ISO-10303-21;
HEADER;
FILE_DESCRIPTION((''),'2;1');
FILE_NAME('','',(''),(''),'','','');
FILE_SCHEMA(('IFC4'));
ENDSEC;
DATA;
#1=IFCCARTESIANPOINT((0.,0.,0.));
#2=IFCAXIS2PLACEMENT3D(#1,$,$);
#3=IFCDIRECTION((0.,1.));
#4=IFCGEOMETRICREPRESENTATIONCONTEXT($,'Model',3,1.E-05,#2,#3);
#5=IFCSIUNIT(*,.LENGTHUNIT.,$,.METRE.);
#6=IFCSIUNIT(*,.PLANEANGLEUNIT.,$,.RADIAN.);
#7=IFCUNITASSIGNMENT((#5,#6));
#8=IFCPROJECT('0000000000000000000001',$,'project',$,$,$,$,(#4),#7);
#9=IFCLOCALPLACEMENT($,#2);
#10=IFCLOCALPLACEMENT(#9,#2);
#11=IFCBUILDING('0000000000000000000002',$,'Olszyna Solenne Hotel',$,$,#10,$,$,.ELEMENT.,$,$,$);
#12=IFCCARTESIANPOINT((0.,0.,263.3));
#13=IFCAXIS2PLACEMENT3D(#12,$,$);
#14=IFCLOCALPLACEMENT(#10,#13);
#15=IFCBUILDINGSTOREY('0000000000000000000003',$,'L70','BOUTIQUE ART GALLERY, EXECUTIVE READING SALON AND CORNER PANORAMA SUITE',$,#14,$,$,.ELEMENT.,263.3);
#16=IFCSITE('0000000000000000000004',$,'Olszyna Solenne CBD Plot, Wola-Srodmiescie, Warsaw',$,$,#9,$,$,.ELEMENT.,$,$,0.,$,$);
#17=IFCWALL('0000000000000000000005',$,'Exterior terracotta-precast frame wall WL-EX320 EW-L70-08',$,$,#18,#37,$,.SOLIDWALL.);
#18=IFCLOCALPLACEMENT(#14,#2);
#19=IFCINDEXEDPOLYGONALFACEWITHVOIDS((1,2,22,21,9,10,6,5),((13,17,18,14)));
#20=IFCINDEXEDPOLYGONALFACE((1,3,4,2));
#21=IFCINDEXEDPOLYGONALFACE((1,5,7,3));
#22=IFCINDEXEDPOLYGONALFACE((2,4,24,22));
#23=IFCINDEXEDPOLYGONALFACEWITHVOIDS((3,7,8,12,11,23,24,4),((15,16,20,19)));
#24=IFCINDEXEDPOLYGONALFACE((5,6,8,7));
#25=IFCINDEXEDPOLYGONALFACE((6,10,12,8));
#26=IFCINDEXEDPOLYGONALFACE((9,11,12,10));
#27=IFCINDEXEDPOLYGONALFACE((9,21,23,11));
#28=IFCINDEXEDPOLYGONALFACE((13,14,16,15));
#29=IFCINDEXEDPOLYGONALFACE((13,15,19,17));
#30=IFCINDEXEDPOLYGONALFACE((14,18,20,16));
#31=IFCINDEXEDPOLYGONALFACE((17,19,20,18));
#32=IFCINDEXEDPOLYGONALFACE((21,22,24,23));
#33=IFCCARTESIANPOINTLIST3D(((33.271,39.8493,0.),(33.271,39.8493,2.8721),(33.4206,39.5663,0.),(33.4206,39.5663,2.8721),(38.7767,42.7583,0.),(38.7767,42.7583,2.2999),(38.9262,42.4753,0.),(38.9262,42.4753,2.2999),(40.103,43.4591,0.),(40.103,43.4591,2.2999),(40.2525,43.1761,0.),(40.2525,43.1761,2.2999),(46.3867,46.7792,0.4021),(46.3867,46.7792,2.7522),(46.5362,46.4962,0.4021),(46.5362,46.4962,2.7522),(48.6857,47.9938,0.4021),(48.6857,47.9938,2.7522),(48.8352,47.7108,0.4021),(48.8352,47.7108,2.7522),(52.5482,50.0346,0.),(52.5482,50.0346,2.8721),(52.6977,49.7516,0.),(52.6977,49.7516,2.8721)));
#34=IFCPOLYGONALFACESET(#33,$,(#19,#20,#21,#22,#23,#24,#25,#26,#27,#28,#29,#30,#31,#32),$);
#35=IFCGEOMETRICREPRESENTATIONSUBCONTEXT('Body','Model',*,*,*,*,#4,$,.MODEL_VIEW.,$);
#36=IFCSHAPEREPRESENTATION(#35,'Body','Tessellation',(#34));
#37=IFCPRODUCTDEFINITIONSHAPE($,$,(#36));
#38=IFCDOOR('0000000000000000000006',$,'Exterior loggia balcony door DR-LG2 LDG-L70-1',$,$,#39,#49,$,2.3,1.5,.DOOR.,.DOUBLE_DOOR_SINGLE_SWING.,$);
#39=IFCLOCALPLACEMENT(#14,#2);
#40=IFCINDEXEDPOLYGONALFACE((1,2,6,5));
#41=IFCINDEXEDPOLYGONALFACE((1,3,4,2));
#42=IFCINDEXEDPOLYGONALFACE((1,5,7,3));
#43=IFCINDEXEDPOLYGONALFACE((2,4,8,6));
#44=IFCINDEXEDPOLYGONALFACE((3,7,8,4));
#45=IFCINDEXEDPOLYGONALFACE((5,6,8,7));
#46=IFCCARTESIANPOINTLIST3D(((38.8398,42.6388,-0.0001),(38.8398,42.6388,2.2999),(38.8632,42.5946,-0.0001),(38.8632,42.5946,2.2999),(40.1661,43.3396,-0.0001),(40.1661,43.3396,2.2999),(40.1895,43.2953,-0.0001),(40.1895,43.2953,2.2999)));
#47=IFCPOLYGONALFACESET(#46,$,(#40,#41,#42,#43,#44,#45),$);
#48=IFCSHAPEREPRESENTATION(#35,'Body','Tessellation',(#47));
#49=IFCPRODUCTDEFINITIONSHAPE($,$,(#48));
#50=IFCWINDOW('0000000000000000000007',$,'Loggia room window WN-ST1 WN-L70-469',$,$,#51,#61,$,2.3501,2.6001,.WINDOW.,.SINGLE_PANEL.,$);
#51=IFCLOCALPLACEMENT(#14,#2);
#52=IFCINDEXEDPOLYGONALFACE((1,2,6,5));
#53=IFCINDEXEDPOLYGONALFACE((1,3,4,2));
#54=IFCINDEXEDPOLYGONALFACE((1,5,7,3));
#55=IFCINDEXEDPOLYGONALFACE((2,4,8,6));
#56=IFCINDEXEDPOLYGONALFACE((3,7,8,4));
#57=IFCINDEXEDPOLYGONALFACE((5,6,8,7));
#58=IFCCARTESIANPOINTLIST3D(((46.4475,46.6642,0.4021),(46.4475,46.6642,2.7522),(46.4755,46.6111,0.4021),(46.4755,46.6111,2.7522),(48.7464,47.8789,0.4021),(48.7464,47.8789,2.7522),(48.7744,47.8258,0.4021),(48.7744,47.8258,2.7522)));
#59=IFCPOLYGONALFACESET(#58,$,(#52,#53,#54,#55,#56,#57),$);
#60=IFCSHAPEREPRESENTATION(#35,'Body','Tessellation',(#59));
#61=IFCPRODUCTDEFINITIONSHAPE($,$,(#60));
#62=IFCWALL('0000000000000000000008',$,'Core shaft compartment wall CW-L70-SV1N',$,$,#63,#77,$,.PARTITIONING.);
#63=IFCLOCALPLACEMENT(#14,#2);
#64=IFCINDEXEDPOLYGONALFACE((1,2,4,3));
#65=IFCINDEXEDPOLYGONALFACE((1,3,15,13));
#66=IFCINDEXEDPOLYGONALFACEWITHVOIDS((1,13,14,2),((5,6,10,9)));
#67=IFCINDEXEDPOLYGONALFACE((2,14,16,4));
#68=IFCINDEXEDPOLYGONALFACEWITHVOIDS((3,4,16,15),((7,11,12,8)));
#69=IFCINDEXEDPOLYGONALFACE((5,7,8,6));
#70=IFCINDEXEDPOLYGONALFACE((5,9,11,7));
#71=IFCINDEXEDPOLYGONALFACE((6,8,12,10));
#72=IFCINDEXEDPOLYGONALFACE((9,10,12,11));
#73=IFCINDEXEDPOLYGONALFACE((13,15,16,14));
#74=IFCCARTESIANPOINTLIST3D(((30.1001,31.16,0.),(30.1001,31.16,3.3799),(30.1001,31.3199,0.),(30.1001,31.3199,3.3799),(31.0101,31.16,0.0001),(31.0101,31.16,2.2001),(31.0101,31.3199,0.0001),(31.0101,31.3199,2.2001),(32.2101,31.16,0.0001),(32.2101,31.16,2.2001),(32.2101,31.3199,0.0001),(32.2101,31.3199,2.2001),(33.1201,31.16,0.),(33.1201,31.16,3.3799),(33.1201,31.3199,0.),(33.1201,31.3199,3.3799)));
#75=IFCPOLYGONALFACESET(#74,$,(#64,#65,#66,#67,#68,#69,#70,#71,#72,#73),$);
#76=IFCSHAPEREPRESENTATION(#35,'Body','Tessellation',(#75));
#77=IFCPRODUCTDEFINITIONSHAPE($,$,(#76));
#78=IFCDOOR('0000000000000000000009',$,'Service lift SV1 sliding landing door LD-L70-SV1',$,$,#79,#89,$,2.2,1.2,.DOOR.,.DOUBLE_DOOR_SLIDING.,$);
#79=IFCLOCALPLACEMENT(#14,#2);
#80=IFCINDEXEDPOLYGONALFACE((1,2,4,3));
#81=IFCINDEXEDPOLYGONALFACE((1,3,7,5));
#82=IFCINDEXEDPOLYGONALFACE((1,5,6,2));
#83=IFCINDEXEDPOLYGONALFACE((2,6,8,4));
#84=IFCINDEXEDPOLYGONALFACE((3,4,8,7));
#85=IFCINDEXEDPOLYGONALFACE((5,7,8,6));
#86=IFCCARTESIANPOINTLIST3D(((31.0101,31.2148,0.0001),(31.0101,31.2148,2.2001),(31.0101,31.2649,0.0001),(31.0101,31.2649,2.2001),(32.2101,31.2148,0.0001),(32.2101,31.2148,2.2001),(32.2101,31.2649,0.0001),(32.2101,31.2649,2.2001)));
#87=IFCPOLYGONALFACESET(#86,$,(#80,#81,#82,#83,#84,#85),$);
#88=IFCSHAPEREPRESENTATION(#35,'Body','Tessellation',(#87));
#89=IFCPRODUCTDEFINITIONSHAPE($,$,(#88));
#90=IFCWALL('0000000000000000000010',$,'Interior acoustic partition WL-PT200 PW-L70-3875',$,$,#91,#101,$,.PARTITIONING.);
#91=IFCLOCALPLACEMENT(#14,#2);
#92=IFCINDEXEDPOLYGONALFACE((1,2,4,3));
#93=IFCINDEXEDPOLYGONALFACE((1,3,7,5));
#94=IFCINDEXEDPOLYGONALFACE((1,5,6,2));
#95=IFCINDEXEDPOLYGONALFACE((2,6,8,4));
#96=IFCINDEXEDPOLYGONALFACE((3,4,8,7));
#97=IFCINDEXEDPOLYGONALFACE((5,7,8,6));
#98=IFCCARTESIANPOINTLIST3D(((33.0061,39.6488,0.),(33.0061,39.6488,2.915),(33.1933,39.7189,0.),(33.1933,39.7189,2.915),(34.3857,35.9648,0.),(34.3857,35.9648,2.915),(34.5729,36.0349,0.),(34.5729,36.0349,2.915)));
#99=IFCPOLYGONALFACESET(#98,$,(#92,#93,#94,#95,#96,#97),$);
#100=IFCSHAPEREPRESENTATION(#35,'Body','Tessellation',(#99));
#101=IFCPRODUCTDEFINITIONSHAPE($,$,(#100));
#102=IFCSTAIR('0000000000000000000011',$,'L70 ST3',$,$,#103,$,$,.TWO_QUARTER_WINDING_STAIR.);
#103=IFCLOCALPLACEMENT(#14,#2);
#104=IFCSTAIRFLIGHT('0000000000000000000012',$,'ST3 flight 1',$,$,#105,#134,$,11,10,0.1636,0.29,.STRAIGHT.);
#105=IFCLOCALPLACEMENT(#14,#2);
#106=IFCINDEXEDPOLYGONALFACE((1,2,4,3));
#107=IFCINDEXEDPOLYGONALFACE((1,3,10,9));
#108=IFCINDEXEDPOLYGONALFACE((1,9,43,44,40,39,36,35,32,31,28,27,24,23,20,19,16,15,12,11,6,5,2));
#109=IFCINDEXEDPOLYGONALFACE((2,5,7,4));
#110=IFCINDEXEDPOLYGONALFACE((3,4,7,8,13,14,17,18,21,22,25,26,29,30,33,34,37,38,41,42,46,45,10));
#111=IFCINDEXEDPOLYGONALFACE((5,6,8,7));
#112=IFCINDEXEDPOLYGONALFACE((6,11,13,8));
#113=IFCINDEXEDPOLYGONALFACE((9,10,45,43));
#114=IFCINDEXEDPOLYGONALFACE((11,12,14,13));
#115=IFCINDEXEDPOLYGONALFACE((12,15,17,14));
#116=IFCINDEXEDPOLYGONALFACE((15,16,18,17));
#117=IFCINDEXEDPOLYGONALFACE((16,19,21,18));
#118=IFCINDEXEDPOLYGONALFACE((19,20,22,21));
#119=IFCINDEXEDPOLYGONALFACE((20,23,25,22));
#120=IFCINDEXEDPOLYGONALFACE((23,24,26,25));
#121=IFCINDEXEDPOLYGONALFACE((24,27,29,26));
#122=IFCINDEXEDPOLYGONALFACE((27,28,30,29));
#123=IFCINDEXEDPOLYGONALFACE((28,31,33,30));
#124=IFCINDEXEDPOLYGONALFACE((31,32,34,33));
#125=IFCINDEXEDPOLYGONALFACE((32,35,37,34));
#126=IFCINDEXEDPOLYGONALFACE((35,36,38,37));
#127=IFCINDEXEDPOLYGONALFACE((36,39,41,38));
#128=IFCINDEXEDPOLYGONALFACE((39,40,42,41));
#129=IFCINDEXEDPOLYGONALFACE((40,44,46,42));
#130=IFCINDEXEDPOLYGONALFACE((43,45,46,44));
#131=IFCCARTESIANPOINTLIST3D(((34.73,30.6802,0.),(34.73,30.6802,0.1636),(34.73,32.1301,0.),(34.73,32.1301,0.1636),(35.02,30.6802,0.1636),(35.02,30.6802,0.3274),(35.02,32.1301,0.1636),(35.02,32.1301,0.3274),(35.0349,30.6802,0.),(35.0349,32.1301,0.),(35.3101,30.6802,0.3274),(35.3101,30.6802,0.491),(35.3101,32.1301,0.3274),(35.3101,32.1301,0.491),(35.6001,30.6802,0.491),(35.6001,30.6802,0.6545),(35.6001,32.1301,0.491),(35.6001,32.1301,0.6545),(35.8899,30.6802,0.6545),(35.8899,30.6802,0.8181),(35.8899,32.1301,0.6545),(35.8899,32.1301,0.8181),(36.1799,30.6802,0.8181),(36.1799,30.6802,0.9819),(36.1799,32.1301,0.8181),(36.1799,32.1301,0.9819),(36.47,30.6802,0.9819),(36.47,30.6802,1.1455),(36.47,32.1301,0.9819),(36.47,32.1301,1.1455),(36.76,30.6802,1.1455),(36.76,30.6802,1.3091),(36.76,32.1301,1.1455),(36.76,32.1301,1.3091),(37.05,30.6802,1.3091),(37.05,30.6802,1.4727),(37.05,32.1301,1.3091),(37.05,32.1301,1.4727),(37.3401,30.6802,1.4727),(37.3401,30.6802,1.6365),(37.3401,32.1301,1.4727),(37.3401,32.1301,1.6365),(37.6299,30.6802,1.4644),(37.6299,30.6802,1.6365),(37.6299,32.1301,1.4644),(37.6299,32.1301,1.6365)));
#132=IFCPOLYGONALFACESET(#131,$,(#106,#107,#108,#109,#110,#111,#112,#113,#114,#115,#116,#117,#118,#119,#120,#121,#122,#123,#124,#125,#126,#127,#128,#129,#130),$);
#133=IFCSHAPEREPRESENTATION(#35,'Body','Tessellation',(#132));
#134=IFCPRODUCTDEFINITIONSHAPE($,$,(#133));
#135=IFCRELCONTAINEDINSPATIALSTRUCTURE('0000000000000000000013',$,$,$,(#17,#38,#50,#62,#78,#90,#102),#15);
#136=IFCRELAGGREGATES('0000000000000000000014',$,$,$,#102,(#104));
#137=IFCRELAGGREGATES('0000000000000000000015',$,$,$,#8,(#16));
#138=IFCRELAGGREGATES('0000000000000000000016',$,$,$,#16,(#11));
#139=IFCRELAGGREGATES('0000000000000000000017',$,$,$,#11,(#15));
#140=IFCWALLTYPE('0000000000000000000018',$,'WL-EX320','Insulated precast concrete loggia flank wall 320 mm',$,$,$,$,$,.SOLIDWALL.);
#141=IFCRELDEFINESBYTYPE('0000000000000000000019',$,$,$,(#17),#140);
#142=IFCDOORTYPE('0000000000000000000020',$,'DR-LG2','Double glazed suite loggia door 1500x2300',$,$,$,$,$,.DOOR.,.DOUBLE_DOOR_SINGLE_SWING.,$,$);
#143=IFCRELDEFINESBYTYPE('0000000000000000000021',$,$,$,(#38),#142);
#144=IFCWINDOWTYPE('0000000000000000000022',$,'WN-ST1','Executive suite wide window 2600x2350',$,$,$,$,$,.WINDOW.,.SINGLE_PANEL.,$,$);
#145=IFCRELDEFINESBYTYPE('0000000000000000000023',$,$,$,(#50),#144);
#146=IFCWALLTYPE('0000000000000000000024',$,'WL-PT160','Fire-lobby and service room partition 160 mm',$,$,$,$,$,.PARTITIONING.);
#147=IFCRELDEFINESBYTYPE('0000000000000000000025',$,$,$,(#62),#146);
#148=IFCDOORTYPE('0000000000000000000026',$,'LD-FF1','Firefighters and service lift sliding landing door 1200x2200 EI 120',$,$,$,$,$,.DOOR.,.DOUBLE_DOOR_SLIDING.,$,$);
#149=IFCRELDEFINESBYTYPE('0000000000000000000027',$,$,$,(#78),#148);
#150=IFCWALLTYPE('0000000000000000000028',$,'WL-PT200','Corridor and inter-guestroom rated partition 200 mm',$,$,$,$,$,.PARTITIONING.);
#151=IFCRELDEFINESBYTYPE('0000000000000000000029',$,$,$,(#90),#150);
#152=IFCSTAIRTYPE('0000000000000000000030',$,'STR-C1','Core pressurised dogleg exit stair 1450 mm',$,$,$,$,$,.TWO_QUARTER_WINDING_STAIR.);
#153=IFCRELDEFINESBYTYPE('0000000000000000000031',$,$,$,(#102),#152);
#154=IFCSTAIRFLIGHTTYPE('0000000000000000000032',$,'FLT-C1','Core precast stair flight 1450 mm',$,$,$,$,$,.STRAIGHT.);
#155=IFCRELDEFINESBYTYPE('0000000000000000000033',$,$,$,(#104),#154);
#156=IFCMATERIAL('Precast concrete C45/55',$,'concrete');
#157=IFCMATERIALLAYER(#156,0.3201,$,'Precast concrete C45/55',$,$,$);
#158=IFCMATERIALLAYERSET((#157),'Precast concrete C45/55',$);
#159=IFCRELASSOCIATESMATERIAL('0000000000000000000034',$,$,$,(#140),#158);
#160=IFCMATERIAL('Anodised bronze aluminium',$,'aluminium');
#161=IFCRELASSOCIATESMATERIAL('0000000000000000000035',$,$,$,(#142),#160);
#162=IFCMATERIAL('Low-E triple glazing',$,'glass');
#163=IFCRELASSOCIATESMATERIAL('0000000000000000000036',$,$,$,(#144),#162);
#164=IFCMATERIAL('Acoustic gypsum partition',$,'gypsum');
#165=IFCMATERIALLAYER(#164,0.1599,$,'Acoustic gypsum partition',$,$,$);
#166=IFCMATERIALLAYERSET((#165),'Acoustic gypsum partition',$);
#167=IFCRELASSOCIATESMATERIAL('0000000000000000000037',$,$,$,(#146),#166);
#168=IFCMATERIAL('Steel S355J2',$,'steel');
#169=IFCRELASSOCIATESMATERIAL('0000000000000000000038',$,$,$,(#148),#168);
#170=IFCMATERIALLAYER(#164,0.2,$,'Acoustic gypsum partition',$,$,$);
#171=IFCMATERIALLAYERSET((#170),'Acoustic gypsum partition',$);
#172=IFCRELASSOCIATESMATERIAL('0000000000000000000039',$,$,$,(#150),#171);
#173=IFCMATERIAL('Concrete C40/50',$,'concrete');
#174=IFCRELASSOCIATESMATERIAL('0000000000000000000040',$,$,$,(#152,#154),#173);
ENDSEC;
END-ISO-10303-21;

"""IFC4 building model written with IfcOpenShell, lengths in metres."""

from ifc_helpers import new_model, si_unit, direction, frame, frame_2d, origin, place, context, subcontext, project, spatial, polyline, rectangle, outline, extrude, source, transform, mapped, material, layer, layer_set, type_object, type_shapes, element, fill, aggregate, save


model = new_model("IFC4")

# Units and contexts
model_context = context("Model", 3, precision=1e-05, world=origin(), true_north=direction((0.0, 1.0)))
body_context = subcontext(model_context, "Body", "Model", "MODEL_VIEW")
ifc_project = project(units=[si_unit("LENGTHUNIT", "METRE"), si_unit("PLANEANGLEUNIT", "RADIAN")], contexts=[model_context])

# Site, building, storey
site_placement = place(None, origin())
site = spatial("IfcSite", under=ifc_project, at=site_placement, Name="Olszyna Solenne CBD Plot, Wola-Srodmiescie, Warsaw", CompositionType="ELEMENT", RefElevation=0.0)
building_placement = place(site_placement, origin())
building = spatial("IfcBuilding", under=site, at=building_placement, Name="Olszyna Solenne Hotel", CompositionType="ELEMENT")
storey_placement = place(building_placement, frame((0.0, 0.0, 263.3)))
storey = spatial("IfcBuildingStorey", under=building, at=storey_placement, Name="L70", Description="BOUTIQUE ART GALLERY, EXECUTIVE READING SALON AND CORNER PANORAMA SUITE", CompositionType="ELEMENT", Elevation=263.3)

# Shared definitions
ifc_material_1 = material(Name="Steel S355J2", Category="steel")

# Wall, openings, door, window
ifc_material_2 = material(Name="Precast concrete C45/55", Category="concrete")
ifc_layer_1 = layer(ifc_material_2, 0.3201, Name="Precast concrete C45/55")
ifc_layer_set_1 = layer_set([ifc_layer_1], Name="Precast concrete C45/55")
wall_type_1 = type_object("IfcWallType", Name="WL-EX320", Description="Insulated precast concrete loggia flank wall 320 mm", PredefinedType="SOLIDWALL", material=ifc_layer_set_1)
wall_1_placement = place(storey_placement, frame((33.3457, 39.7078, 0.0), z_axis=(0.0, 0.0, 1.0), x_axis=(0.884171, 0.467163, 0.0)))
wall_1 = element("IfcWall", 1, at=wall_1_placement, inside=storey, type_object=wall_type_1, Name="Exterior terracotta-precast frame wall WL-EX320 EW-L70-08", PredefinedType="SOLIDWALL", context=body_context, shape_type="SweptSolid", body=[
    extrude(rectangle(XDim=21.8025, YDim=0.3201, at=frame_2d((10.9014, 0.0))), origin(), (0.0, 0.0, 1.0), 2.8721),
])
opening_1_placement = place(wall_1_placement, frame((6.2271, 0.0, 0.0)))
opening_1 = element("IfcOpeningElement", 2, at=opening_1_placement, cuts=wall_1, PredefinedType="OPENING", context=body_context, shape_type="SweptSolid", body=[
    extrude(rectangle(XDim=1.5, YDim=2.3, at=frame_2d((0.75, 1.1499))), frame((0.0, 0.1699, 0.0), z_axis=(0.0, -1.0, 0.0), x_axis=(1.0, 0.0, 0.0)), (0.0, 0.0, 1.0), 0.3401),
])
opening_2_placement = place(wall_1_placement, frame((14.834, 0.0, 0.4021)))
opening_2 = element("IfcOpeningElement", 3, at=opening_2_placement, cuts=wall_1, PredefinedType="OPENING", context=body_context, shape_type="SweptSolid", body=[
    extrude(rectangle(XDim=2.6001, YDim=2.3501, at=frame_2d((1.3, 1.175))), frame((0.0, 0.1699, 0.0), z_axis=(0.0, -1.0, 0.0), x_axis=(1.0, 0.0, 0.0)), (0.0, 0.0, 1.0), 0.3401),
])
ifc_material_3 = material(Name="Anodised bronze aluminium", Category="aluminium")
door_type_1 = type_object("IfcDoorType", Name="DR-LG2", Description="Double glazed suite loggia door 1500x2300", OperationType="DOUBLE_DOOR_SINGLE_SWING", PredefinedType="DOOR", material=ifc_material_3)
shared_shape_1 = source(origin(), body_context, "Body", "SweptSolid", [
    extrude(rectangle(XDim=1.5, YDim=2.3, at=frame_2d((0.75, 1.1499))), frame((0.0, 0.0249, 0.0), z_axis=(0.0, -1.0, 0.0), x_axis=(1.0, 0.0, 0.0)), (0.0, 0.0, 1.0), 0.05),
])
type_shapes(door_type_1, [shared_shape_1])
door_1_placement = place(opening_1_placement, origin())
door_1 = element("IfcDoor", 4, at=door_1_placement, inside=storey, type_object=door_type_1, Name="Exterior loggia balcony door DR-LG2 LDG-L70-1", OperationType="DOUBLE_DOOR_SINGLE_SWING", OverallHeight=2.3, OverallWidth=1.5, PredefinedType="DOOR", context=body_context, shape_type="MappedRepresentation", body=[
    mapped(shared_shape_1, transform((0.0, 0.0, 0.0), x_axis=(1.0, 0.0, 0.0), y_axis=(0.0, 1.0, 0.0), z_axis=(0.0, 0.0, 1.0), scale=1.0)),
])
fill(opening_1, door_1)
ifc_material_4 = material(Name="Low-E triple glazing", Category="glass")
window_type = type_object("IfcWindowType", Name="WN-ST1", Description="Executive suite wide window 2600x2350", PartitioningType="SINGLE_PANEL", PredefinedType="WINDOW", material=ifc_material_4)
shared_shape_2 = source(origin(), body_context, "Body", "SweptSolid", [
    extrude(rectangle(XDim=2.6001, YDim=2.3501, at=frame_2d((1.3, 1.175))), frame((0.0, 0.03, 0.0), z_axis=(0.0, -1.0, 0.0), x_axis=(1.0, 0.0, 0.0)), (0.0, 0.0, 1.0), 0.0601),
])
type_shapes(window_type, [shared_shape_2])
window_placement = place(opening_2_placement, origin())
window = element("IfcWindow", 5, at=window_placement, inside=storey, type_object=window_type, Name="Loggia room window WN-ST1 WN-L70-469", OverallHeight=2.3501, OverallWidth=2.6001, PartitioningType="SINGLE_PANEL", PredefinedType="WINDOW", context=body_context, shape_type="MappedRepresentation", body=[
    mapped(shared_shape_2, transform((0.0, 0.0, 0.0), x_axis=(1.0, 0.0, 0.0), y_axis=(0.0, 1.0, 0.0), z_axis=(0.0, 0.0, 1.0), scale=1.0)),
])
fill(opening_2, window)

# Wall, opening, door
ifc_material_5 = material(Name="Acoustic gypsum partition", Category="gypsum")
ifc_layer_2 = layer(ifc_material_5, 0.1599, Name="Acoustic gypsum partition")
ifc_layer_set_2 = layer_set([ifc_layer_2], Name="Acoustic gypsum partition")
wall_type_2 = type_object("IfcWallType", Name="WL-PT160", Description="Fire-lobby and service room partition 160 mm", PredefinedType="PARTITIONING", material=ifc_layer_set_2)
wall_2_placement = place(storey_placement, frame((30.1001, 31.24, 0.0), z_axis=(0.0, 0.0, 1.0), x_axis=(1.0, 0.0, 0.0)))
wall_2 = element("IfcWall", 6, at=wall_2_placement, inside=storey, type_object=wall_type_2, Name="Core shaft compartment wall CW-L70-SV1N", PredefinedType="PARTITIONING", context=body_context, shape_type="SweptSolid", body=[
    extrude(rectangle(XDim=3.02, YDim=0.1599, at=frame_2d((1.51, 0.0))), origin(), (0.0, 0.0, 1.0), 3.3799),
])
opening_3_placement = place(wall_2_placement, frame((0.9099, 0.0, 0.0)))
opening_3 = element("IfcOpeningElement", 7, at=opening_3_placement, cuts=wall_2, PredefinedType="OPENING", context=body_context, shape_type="SweptSolid", body=[
    extrude(rectangle(XDim=1.2, YDim=2.2, at=frame_2d((0.6001, 1.1001))), frame((0.0, 0.0898, 0.0), z_axis=(0.0, -1.0, 0.0), x_axis=(1.0, 0.0, 0.0)), (0.0, 0.0, 1.0), 0.1799),
])
door_type_2 = type_object("IfcDoorType", Name="LD-FF1", Description="Firefighters and service lift sliding landing door 1200x2200 EI 120", OperationType="DOUBLE_DOOR_SLIDING", PredefinedType="DOOR", material=ifc_material_1)
shared_shape_3 = source(origin(), body_context, "Body", "SweptSolid", [
    extrude(rectangle(XDim=1.2, YDim=2.2, at=frame_2d((0.6001, 1.1001))), frame((0.0, 0.0249, 0.0), z_axis=(0.0, -1.0, 0.0), x_axis=(1.0, 0.0, 0.0)), (0.0, 0.0, 1.0), 0.05),
])
type_shapes(door_type_2, [shared_shape_3])
door_2_placement = place(opening_3_placement, origin())
door_2 = element("IfcDoor", 8, at=door_2_placement, inside=storey, type_object=door_type_2, Name="Service lift SV1 sliding landing door LD-L70-SV1", OperationType="DOUBLE_DOOR_SLIDING", OverallHeight=2.2, OverallWidth=1.2, PredefinedType="DOOR", context=body_context, shape_type="MappedRepresentation", body=[
    mapped(shared_shape_3, transform((0.0, 0.0, 0.0), x_axis=(1.0, 0.0, 0.0), y_axis=(0.0, 1.0, 0.0), z_axis=(0.0, 0.0, 1.0), scale=1.0)),
])
fill(opening_3, door_2)

# Wall
ifc_layer_3 = layer(ifc_material_5, 0.2, Name="Acoustic gypsum partition")
ifc_layer_set_3 = layer_set([ifc_layer_3], Name="Acoustic gypsum partition")
wall_type_3 = type_object("IfcWallType", Name="WL-PT200", Description="Corridor and inter-guestroom rated partition 200 mm", PredefinedType="PARTITIONING", material=ifc_layer_set_3)
wall_3_placement = place(storey_placement, frame((34.4792, 36.0, 0.0), z_axis=(0.0, 0.0, 1.0), x_axis=(-0.350702, 0.936487, 0.0)))
element("IfcWall", 9, at=wall_3_placement, inside=storey, type_object=wall_type_3, Name="Interior acoustic partition WL-PT200 PW-L70-3875", PredefinedType="PARTITIONING", context=body_context, shape_type="SweptSolid", body=[
    extrude(rectangle(XDim=3.9338, YDim=0.2, at=frame_2d((1.9668, 0.0))), origin(), (0.0, 0.0, 1.0), 2.915),
])

# Stair, stair flight
ifc_material_6 = material(Name="Concrete C40/50", Category="concrete")
stair_type = type_object("IfcStairType", Name="STR-C1", Description="Core pressurised dogleg exit stair 1450 mm", PredefinedType="TWO_QUARTER_WINDING_STAIR", material=ifc_material_6)
stair_placement = place(storey_placement, origin())
stair = element("IfcStair", 10, at=stair_placement, inside=storey, type_object=stair_type, Name="L70 ST3", PredefinedType="TWO_QUARTER_WINDING_STAIR")
stair_flight_type = type_object("IfcStairFlightType", Name="FLT-C1", Description="Core precast stair flight 1450 mm", PredefinedType="STRAIGHT", material=ifc_material_6)
stair_flight_placement = place(storey_placement, frame((34.73, 31.405, 0.0), z_axis=(0.0, 0.0, 1.0), x_axis=(1.0, 0.0, 0.0)))
stair_flight = element("IfcStairFlight", 11, at=stair_flight_placement, type_object=stair_flight_type, Name="ST3 flight 1", NumberOfRisers=11, NumberOfTreads=10, PredefinedType="STRAIGHT", RiserHeight=0.1636, TreadLength=0.29, context=body_context, shape_type="SweptSolid", body=[
    extrude(outline(polyline([(0.0, 0.0), (0.0, 0.1636), (0.29, 0.1636), (0.29, 0.3274), (0.5801, 0.3274), (0.5801, 0.491), (0.8701, 0.491), (0.8701, 0.6545), (1.1599, 0.6545), (1.1599, 0.8181), (1.45, 0.8181), (1.45, 0.9819), (1.74, 0.9819), (1.74, 1.1455), (2.03, 1.1455), (2.03, 1.3091), (2.3201, 1.3091), (2.3201, 1.4727), (2.6101, 1.4727), (2.6101, 1.6365), (2.8999, 1.6365), (2.8999, 1.8), (2.8999, 1.4644), (0.3049, 0.0), (0.0, 0.0)])), frame((0.0, 0.7251, 0.0), z_axis=(0.0, -1.0, 0.0), x_axis=(1.0, 0.0, 0.0)), (0.0, 0.0, 1.0), 1.45),
])
aggregate(stair, [stair_flight])

save(model, "model.ifc")
